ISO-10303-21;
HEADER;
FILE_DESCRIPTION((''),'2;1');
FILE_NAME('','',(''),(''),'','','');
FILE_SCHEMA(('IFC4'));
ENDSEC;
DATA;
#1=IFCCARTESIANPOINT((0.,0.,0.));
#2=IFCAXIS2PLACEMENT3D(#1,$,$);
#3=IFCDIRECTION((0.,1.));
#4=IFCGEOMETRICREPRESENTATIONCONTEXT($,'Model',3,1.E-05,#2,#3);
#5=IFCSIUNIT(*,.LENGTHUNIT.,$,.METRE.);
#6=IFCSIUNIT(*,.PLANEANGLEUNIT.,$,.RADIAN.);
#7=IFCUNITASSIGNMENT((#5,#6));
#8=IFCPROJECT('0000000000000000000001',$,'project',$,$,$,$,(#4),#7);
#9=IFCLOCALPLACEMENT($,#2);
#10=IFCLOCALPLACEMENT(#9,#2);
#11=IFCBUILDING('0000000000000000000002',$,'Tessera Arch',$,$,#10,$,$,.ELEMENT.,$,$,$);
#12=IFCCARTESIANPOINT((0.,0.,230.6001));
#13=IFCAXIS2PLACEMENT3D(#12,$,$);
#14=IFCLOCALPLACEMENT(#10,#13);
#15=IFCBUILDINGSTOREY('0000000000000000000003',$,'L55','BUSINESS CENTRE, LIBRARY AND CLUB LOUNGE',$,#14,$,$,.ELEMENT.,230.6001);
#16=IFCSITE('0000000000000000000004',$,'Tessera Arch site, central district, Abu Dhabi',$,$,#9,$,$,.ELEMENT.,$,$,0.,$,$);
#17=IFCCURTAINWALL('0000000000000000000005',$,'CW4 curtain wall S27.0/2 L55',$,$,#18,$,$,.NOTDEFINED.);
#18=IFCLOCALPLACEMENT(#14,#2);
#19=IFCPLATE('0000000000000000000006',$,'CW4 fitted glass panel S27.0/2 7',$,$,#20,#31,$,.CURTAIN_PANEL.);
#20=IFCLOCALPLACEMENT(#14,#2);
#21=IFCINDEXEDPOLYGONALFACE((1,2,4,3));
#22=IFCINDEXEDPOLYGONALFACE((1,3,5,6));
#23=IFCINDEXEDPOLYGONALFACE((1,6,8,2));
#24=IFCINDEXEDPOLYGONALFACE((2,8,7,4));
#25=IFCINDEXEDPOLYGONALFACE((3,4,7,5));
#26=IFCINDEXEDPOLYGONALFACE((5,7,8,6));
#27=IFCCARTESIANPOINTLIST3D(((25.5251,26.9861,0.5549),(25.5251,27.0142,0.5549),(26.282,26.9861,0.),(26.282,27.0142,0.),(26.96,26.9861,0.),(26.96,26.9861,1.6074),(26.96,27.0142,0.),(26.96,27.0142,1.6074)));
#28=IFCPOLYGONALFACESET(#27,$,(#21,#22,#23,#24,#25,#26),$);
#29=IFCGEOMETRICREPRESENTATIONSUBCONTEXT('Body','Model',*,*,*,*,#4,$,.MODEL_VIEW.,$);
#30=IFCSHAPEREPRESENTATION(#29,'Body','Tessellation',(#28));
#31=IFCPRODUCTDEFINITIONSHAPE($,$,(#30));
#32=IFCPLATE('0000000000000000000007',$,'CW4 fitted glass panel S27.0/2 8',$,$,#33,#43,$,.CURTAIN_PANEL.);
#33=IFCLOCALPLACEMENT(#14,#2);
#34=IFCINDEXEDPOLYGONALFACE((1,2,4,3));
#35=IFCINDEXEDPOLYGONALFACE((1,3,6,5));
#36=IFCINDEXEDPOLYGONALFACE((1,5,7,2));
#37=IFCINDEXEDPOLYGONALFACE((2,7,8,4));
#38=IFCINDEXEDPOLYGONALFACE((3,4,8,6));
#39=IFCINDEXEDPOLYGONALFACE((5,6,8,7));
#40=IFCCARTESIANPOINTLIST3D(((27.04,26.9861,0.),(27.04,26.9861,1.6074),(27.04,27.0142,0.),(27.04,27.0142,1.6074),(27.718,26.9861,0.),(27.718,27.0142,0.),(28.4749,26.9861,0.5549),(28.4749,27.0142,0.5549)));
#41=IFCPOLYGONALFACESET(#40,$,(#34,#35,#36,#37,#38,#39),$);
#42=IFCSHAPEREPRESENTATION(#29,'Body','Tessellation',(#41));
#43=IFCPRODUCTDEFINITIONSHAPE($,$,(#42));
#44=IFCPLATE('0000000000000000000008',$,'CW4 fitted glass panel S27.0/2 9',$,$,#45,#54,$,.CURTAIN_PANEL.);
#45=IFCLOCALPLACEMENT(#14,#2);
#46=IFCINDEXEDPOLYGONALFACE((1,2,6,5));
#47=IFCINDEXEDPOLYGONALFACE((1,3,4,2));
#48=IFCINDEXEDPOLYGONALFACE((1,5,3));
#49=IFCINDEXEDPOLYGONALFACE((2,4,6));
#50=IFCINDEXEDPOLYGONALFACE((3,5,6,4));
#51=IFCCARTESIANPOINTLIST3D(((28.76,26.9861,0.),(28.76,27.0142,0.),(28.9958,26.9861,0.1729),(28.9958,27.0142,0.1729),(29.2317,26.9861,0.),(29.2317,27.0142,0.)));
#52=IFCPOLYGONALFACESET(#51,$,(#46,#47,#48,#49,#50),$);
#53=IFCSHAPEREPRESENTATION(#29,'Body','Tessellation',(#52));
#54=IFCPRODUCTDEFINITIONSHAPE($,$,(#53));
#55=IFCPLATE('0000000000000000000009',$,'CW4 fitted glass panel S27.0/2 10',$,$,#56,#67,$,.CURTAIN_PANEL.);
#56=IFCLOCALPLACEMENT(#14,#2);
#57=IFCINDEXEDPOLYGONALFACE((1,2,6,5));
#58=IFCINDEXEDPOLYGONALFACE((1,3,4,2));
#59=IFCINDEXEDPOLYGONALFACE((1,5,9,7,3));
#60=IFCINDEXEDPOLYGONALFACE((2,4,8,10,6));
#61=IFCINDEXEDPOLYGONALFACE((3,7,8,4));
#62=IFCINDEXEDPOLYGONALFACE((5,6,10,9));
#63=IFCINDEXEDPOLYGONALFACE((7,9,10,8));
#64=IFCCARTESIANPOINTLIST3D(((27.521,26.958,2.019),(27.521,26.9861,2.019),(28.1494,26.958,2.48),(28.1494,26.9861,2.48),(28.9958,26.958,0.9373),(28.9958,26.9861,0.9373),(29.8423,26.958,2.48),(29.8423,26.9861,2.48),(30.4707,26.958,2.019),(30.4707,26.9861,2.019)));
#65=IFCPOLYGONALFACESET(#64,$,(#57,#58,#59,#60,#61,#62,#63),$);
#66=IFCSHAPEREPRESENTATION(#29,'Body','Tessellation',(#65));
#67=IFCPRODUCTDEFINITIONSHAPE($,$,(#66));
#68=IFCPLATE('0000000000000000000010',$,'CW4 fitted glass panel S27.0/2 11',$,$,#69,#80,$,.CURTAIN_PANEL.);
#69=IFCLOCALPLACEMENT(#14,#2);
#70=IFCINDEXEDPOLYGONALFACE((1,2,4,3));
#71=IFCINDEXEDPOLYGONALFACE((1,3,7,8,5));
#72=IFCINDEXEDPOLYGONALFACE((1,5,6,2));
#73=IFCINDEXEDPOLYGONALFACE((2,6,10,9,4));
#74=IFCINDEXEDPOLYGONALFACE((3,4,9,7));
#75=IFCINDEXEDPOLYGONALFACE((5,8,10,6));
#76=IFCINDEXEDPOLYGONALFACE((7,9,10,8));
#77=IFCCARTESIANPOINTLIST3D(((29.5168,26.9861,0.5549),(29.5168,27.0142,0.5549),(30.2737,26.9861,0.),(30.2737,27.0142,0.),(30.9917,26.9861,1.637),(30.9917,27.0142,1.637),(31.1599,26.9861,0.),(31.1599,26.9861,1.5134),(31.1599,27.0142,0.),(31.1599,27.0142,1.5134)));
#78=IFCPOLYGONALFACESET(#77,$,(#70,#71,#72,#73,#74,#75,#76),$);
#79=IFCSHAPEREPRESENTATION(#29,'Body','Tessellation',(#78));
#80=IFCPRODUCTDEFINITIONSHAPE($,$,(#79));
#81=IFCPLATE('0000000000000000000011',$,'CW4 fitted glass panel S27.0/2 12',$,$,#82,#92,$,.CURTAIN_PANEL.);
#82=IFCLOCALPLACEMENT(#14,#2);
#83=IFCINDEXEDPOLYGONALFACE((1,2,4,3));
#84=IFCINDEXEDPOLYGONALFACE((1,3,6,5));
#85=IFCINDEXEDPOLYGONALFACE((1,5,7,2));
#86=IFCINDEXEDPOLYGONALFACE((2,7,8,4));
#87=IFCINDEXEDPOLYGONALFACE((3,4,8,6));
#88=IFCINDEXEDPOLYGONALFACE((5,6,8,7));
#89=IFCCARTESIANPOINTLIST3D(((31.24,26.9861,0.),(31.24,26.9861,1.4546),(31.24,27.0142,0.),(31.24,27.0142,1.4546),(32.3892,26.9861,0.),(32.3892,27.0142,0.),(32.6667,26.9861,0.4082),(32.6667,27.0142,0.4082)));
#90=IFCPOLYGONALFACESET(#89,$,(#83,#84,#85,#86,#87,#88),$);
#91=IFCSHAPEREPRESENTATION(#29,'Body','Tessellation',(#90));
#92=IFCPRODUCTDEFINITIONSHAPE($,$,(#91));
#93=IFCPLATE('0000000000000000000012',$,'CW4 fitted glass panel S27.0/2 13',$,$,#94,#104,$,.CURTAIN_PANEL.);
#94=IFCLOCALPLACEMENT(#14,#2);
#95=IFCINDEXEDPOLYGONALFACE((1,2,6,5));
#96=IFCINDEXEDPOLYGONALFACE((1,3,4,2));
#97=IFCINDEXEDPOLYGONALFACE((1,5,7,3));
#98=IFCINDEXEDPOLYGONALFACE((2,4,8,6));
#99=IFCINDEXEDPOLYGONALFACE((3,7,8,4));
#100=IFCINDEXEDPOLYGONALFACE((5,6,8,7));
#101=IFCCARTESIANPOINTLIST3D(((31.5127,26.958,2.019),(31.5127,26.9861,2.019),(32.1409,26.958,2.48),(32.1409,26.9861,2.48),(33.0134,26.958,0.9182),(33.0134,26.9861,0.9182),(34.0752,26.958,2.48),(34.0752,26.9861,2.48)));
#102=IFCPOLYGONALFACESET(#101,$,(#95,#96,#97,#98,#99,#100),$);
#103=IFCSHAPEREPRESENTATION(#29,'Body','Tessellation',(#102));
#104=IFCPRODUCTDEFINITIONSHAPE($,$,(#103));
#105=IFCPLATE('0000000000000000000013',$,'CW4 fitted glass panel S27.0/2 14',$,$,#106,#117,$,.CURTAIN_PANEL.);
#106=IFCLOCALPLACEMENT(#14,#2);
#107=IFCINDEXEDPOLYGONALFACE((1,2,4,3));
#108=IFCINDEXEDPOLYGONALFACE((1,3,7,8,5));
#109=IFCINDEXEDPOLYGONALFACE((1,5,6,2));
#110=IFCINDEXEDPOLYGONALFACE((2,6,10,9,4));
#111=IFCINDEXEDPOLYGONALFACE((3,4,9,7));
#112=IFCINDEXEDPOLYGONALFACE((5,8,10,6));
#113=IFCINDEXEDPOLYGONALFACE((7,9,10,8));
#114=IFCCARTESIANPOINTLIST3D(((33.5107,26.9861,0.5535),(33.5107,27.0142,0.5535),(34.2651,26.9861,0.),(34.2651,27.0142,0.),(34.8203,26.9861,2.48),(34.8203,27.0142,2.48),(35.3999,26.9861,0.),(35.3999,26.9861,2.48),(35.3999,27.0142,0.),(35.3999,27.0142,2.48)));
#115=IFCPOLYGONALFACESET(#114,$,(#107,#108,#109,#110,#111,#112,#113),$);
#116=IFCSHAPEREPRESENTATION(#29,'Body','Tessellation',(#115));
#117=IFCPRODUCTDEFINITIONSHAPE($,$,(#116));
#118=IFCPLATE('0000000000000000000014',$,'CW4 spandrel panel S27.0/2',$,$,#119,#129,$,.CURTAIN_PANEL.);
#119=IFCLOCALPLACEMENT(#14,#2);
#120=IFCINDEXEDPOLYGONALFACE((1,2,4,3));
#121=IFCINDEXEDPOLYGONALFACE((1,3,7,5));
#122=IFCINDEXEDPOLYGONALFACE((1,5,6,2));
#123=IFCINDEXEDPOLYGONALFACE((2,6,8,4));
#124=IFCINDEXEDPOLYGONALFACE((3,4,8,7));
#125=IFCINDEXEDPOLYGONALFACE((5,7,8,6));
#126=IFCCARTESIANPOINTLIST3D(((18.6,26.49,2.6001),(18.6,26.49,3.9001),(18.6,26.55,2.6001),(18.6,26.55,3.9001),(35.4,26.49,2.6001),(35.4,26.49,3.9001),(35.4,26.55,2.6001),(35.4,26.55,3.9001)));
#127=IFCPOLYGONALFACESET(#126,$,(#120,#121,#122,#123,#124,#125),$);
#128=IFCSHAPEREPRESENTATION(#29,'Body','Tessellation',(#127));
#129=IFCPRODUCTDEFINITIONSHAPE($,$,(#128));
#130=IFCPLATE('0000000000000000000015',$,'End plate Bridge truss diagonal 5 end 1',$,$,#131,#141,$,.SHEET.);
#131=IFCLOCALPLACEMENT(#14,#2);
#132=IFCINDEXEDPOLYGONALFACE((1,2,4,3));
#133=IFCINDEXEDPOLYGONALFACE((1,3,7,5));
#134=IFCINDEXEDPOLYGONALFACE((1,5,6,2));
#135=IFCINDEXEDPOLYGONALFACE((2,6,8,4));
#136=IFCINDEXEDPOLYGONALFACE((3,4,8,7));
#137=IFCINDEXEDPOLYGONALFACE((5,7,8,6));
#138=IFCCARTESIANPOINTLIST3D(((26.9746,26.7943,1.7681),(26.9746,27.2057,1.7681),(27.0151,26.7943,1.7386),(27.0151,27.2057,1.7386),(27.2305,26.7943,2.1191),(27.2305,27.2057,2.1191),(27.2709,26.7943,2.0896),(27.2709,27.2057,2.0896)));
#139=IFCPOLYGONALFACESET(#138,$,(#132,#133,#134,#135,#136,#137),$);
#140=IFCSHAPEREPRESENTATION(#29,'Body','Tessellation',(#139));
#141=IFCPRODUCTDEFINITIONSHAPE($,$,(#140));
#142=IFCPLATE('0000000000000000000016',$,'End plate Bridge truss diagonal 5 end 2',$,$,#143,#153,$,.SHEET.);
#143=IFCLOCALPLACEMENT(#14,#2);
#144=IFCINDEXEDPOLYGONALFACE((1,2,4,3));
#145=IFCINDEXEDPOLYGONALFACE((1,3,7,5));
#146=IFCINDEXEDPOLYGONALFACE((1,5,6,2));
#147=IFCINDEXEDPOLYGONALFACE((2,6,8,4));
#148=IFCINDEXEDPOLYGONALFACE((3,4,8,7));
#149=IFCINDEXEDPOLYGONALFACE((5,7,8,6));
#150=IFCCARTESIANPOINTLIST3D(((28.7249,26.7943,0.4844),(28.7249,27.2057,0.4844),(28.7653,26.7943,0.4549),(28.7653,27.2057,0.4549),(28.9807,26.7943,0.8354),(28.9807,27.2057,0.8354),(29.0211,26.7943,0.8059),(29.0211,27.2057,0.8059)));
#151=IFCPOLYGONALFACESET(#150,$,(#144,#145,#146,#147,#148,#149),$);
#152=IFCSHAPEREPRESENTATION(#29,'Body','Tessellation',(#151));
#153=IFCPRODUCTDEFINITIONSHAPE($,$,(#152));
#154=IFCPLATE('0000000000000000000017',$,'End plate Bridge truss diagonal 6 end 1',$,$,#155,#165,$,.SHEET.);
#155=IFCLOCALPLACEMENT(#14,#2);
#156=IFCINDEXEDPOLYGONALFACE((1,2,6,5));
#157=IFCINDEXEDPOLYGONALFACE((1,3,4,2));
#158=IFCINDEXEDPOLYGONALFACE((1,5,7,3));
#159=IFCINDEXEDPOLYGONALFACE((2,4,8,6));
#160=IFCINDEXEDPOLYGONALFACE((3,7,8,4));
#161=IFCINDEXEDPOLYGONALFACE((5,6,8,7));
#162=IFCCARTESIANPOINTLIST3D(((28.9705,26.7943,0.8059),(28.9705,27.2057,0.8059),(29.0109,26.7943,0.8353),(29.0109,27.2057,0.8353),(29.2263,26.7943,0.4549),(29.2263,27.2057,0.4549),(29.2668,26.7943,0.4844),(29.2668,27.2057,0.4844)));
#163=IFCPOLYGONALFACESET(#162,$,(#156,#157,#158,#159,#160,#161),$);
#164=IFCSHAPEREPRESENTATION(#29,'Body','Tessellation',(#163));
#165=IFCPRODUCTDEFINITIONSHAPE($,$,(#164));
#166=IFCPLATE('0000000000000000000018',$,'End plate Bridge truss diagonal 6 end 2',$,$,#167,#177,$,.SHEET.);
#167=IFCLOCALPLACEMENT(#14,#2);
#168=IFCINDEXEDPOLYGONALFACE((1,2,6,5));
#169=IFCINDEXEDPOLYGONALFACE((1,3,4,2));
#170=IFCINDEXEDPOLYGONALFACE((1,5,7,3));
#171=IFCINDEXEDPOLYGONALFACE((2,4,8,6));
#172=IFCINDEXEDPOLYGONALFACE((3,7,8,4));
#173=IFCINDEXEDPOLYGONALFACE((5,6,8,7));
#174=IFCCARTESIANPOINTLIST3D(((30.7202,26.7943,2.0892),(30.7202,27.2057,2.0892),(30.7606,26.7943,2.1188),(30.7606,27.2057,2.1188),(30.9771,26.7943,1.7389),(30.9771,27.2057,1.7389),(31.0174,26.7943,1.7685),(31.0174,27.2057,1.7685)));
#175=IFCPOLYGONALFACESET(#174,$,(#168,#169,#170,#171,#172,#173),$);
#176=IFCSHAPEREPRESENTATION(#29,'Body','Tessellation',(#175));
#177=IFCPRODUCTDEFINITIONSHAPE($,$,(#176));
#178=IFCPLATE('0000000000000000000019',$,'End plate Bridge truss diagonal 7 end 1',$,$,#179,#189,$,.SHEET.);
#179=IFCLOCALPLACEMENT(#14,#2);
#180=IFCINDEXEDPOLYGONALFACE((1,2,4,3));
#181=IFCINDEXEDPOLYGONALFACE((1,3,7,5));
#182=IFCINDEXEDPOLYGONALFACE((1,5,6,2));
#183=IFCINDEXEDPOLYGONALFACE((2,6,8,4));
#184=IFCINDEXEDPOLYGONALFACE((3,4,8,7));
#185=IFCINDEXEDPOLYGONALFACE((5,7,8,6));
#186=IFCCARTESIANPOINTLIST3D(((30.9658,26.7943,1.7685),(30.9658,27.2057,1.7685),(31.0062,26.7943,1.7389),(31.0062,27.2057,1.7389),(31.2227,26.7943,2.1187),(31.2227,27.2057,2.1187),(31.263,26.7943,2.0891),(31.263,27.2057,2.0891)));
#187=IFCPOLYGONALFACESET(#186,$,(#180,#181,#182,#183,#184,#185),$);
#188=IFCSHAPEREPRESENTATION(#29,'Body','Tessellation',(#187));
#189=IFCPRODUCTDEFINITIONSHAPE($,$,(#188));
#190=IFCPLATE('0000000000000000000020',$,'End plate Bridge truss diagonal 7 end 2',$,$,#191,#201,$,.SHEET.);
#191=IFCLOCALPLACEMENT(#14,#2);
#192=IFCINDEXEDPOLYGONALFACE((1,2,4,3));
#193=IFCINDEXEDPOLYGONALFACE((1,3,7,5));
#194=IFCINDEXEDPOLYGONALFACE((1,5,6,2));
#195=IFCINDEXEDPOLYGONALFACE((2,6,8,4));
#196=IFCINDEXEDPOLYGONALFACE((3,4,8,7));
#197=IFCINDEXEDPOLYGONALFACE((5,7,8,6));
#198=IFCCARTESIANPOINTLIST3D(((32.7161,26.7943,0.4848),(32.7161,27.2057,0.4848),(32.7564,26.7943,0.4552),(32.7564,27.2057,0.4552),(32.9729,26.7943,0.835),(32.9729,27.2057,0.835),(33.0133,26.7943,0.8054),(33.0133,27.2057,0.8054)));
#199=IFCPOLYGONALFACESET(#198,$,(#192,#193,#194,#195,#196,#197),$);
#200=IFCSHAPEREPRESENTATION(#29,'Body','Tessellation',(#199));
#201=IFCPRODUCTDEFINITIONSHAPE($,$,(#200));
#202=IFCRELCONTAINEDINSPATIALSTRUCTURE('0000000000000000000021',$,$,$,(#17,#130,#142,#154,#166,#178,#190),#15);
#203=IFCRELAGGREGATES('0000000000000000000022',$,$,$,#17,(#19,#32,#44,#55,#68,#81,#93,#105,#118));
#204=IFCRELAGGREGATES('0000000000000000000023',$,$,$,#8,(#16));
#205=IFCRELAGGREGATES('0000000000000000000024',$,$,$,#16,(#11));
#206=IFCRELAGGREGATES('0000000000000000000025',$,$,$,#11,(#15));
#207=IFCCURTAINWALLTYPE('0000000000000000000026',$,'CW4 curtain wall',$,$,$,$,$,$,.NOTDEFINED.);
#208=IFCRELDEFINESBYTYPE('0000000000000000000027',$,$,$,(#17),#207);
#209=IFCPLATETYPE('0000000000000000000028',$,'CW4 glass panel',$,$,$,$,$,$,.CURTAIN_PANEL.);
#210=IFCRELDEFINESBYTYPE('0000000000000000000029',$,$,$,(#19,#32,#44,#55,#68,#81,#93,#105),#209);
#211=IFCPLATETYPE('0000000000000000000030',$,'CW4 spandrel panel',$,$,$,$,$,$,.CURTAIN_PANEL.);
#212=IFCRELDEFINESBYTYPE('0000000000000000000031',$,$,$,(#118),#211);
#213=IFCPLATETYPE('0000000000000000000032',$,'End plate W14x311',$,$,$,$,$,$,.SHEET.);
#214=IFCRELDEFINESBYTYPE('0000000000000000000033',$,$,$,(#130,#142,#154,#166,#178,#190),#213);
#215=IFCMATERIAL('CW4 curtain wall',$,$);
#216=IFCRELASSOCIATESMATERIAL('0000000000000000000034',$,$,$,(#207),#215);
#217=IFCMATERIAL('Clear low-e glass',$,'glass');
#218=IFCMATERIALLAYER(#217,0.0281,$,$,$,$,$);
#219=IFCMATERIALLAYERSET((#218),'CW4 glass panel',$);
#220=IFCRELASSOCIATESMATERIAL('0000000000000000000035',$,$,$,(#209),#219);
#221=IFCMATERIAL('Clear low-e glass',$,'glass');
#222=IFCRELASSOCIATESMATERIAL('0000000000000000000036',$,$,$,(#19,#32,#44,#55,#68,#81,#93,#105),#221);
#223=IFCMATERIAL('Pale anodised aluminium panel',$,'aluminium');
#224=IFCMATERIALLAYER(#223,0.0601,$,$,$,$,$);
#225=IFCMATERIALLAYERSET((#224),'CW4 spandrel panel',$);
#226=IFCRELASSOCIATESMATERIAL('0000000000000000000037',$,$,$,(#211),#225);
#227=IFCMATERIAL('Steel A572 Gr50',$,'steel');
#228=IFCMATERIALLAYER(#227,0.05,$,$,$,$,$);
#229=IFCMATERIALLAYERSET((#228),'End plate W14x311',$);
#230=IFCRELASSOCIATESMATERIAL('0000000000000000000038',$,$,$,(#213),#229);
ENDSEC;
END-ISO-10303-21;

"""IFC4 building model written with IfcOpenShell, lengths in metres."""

from ifc_helpers import new_model, si_unit, direction, frame, origin, origin_2d, place, context, subcontext, project, spatial, polyline, rectangle, outline, extrude, material, layer, layer_set, type_object, element, aggregate, save


model = new_model("IFC4")

# Units and contexts
model_context = context("Model", 3, precision=1e-05, world=origin(), true_north=direction((0.0, 1.0)))
body_context = subcontext(model_context, "Body", "Model", "MODEL_VIEW")
ifc_project = project(units=[si_unit("LENGTHUNIT", "METRE"), si_unit("PLANEANGLEUNIT", "RADIAN")], contexts=[model_context])

# Site, building, storey
site_placement = place(None, origin())
site = spatial("IfcSite", under=ifc_project, at=site_placement, Name="Tessera Arch site, central district, Abu Dhabi", CompositionType="ELEMENT", RefElevation=0.0)
building_placement = place(site_placement, origin())
building = spatial("IfcBuilding", under=site, at=building_placement, Name="Tessera Arch", CompositionType="ELEMENT")
storey_placement = place(building_placement, frame((0.0, 0.0, 230.6001)))
storey = spatial("IfcBuildingStorey", under=building, at=storey_placement, Name="L55", Description="BUSINESS CENTRE, LIBRARY AND CLUB LOUNGE", CompositionType="ELEMENT", Elevation=230.6001)

# Curtain wall
ifc_material_1 = material(Name="CW4 curtain wall")
curtain_wall_type = type_object("IfcCurtainWallType", Name="CW4 curtain wall", PredefinedType="NOTDEFINED", material=ifc_material_1)
curtain_wall_placement = place(storey_placement, origin())
curtain_wall = element("IfcCurtainWall", 1, at=curtain_wall_placement, inside=storey, type_object=curtain_wall_type, Name="CW4 curtain wall S27.0/2 L55", PredefinedType="NOTDEFINED")

# Plates
ifc_material_2 = material(Name="Clear low-e glass", Category="glass")
ifc_material_3 = material(Name="Clear low-e glass", Category="glass")
ifc_layer_1 = layer(ifc_material_3, 0.0281)
ifc_layer_set_1 = layer_set([ifc_layer_1], Name="CW4 glass panel")
plate_type_1 = type_object("IfcPlateType", Name="CW4 glass panel", PredefinedType="CURTAIN_PANEL", material=ifc_layer_set_1)
plate_1_placement = place(storey_placement, frame((26.96, 26.9861, 0.0), z_axis=(0.0, -1.0, 0.0), x_axis=(0.0, 0.0, 1.0)))
plate_1 = element("IfcPlate", 2, at=plate_1_placement, type_object=plate_type_1, material=ifc_material_2, Name="CW4 fitted glass panel S27.0/2 7", PredefinedType="CURTAIN_PANEL", context=body_context, shape_type="SweptSolid", body=[
    extrude(outline(polyline([(0.0, 0.0), (1.6074, 0.0), (0.5549, 1.4348), (0.0, 0.678), (0.0, 0.0)])), origin(), (0.0, 0.0, -1.0), 0.0281),
])
plate_2_placement = place(storey_placement, frame((27.04, 26.9861, 0.0), z_axis=(0.0, -1.0, 0.0), x_axis=(1.0, 0.0, 0.0)))
plate_2 = element("IfcPlate", 3, at=plate_2_placement, type_object=plate_type_1, material=ifc_material_2, Name="CW4 fitted glass panel S27.0/2 8", PredefinedType="CURTAIN_PANEL", context=body_context, shape_type="SweptSolid", body=[
    extrude(outline(polyline([(0.0, 0.0), (0.678, 0.0), (1.4348, 0.5549), (0.0, 1.6074), (0.0, 0.0)])), origin(), (0.0, 0.0, -1.0), 0.0281),
])
plate_3_placement = place(storey_placement, frame((28.76, 26.9861, 0.0), z_axis=(0.0, -1.0, 0.0), x_axis=(1.0, 0.0, 0.0)))
plate_3 = element("IfcPlate", 4, at=plate_3_placement, type_object=plate_type_1, material=ifc_material_2, Name="CW4 fitted glass panel S27.0/2 9", PredefinedType="CURTAIN_PANEL", context=body_context, shape_type="SweptSolid", body=[
    extrude(outline(polyline([(0.0, 0.0), (0.4717, 0.0), (0.2358, 0.1729), (0.0, 0.0)])), origin(), (0.0, 0.0, -1.0), 0.0281),
])
plate_4_placement = place(storey_placement, frame((29.8423, 26.958, 2.48), z_axis=(0.0, -1.0, 0.0), x_axis=(-1.0, 0.0, 0.0)))
plate_4 = element("IfcPlate", 5, at=plate_4_placement, type_object=plate_type_1, material=ifc_material_2, Name="CW4 fitted glass panel S27.0/2 10", PredefinedType="CURTAIN_PANEL", context=body_context, shape_type="SweptSolid", body=[
    extrude(outline(polyline([(0.0, 0.0), (1.6929, 0.0), (2.3213, 0.4609), (0.8464, 1.5427), (-0.6284, 0.4609), (0.0, 0.0)])), origin(), (0.0, 0.0, -1.0), 0.0281),
])
plate_5_placement = place(storey_placement, frame((31.1599, 26.9861, 0.0), z_axis=(0.0, -1.0, 0.0), x_axis=(0.0, 0.0, 1.0)))
plate_5 = element("IfcPlate", 6, at=plate_5_placement, type_object=plate_type_1, material=ifc_material_2, Name="CW4 fitted glass panel S27.0/2 11", PredefinedType="CURTAIN_PANEL", context=body_context, shape_type="SweptSolid", body=[
    extrude(outline(polyline([(0.0, 0.0), (1.5134, 0.0), (1.637, 0.1682), (0.5549, 1.6431), (0.0, 0.8862), (0.0, 0.0)])), origin(), (0.0, 0.0, -1.0), 0.0281),
])
plate_6_placement = place(storey_placement, frame((31.24, 26.9861, 0.0), z_axis=(0.0, -1.0, 0.0), x_axis=(1.0, 0.0, 0.0)))
plate_6 = element("IfcPlate", 7, at=plate_6_placement, type_object=plate_type_1, material=ifc_material_2, Name="CW4 fitted glass panel S27.0/2 12", PredefinedType="CURTAIN_PANEL", context=body_context, shape_type="SweptSolid", body=[
    extrude(outline(polyline([(0.0, 0.0), (1.1492, 0.0), (1.4268, 0.4082), (0.0, 1.4546), (0.0, 0.0)])), origin(), (0.0, 0.0, -1.0), 0.0281),
])
plate_7_placement = place(storey_placement, frame((34.0752, 26.958, 2.48), z_axis=(0.0, -1.0, 0.0), x_axis=(-1.0, 0.0, 0.0)))
plate_7 = element("IfcPlate", 8, at=plate_7_placement, type_object=plate_type_1, material=ifc_material_2, Name="CW4 fitted glass panel S27.0/2 13", PredefinedType="CURTAIN_PANEL", context=body_context, shape_type="SweptSolid", body=[
    extrude(outline(polyline([(0.0, 0.0), (1.9343, 0.0), (2.5625, 0.4609), (1.0618, 1.5618), (0.0, 0.0)])), origin(), (0.0, 0.0, -1.0), 0.0281),
])
plate_8_placement = place(storey_placement, frame((35.3999, 26.9861, 2.48), z_axis=(0.0, -1.0, 0.0), x_axis=(-1.0, 0.0, 0.0)))
plate_8 = element("IfcPlate", 9, at=plate_8_placement, type_object=plate_type_1, material=ifc_material_2, Name="CW4 fitted glass panel S27.0/2 14", PredefinedType="CURTAIN_PANEL", context=body_context, shape_type="SweptSolid", body=[
    extrude(outline(polyline([(0.0, 0.0), (0.5796, 0.0), (1.8892, 1.9265), (1.1348, 2.48), (0.0, 2.48), (0.0, 0.0)])), origin(), (0.0, 0.0, -1.0), 0.0281),
])
ifc_material_4 = material(Name="Pale anodised aluminium panel", Category="aluminium")
ifc_layer_2 = layer(ifc_material_4, 0.0601)
ifc_layer_set_2 = layer_set([ifc_layer_2], Name="CW4 spandrel panel")
plate_type_2 = type_object("IfcPlateType", Name="CW4 spandrel panel", PredefinedType="CURTAIN_PANEL", material=ifc_layer_set_2)
plate_9_placement = place(storey_placement, frame((27.0, 26.52, 2.6001), z_axis=(0.0, 0.0, 1.0), x_axis=(1.0, 0.0, 0.0)))
plate_9 = element("IfcPlate", 10, at=plate_9_placement, type_object=plate_type_2, Name="CW4 spandrel panel S27.0/2", PredefinedType="CURTAIN_PANEL", context=body_context, shape_type="SweptSolid", body=[
    extrude(rectangle(XDim=16.8, YDim=0.0601, at=origin_2d()), origin(), (0.0, 0.0, 1.0), 1.3),
])
aggregate(curtain_wall, [plate_1, plate_2, plate_3, plate_4, plate_5, plate_6, plate_7, plate_8, plate_9])

# Plates
ifc_material_5 = material(Name="Steel A572 Gr50", Category="steel")
ifc_layer_3 = layer(ifc_material_5, 0.05)
ifc_layer_set_3 = layer_set([ifc_layer_3], Name="End plate W14x311")
plate_type_3 = type_object("IfcPlateType", Name="End plate W14x311", PredefinedType="SHEET", material=ifc_layer_set_3)
for number, where, z_axis, x_axis, name in (
    (11, (27.1025, 27.0, 1.9436), (0.808104, 0.0, -0.58904), (0.0, 1.0, 0.0), "End plate Bridge truss diagonal 5 end 1"),
    (12, (28.8528, 27.0, 0.6599), (0.808104, 0.0, -0.58904), (0.0, 1.0, 0.0), "End plate Bridge truss diagonal 5 end 2"),
    (13, (29.0984, 27.0, 0.6304), (0.808104, 0.0, 0.58904), (0.0, 1.0, 0.0), "End plate Bridge truss diagonal 6 end 1"),
    (14, (30.8486, 27.0, 1.9141), (0.806405, 0.0, 0.591364), (0.0, 1.0, 0.0), "End plate Bridge truss diagonal 6 end 2"),
    (15, (31.0942, 27.0, 1.9436), (0.806405, 0.0, -0.591364), (0.0, 1.0, 0.0), "End plate Bridge truss diagonal 7 end 1"),
    (16, (32.8445, 27.0, 0.6599), (0.806405, 0.0, -0.591364), (0.0, 1.0, 0.0), "End plate Bridge truss diagonal 7 end 2"),
):
    element("IfcPlate", number, at=place(storey_placement, frame(where, z_axis=z_axis, x_axis=x_axis)), inside=storey, type_object=plate_type_3, Name=name, PredefinedType="SHEET", context=body_context, shape_type="SweptSolid", body=[
        extrude(rectangle(XDim=0.4114, YDim=0.4343, at=origin_2d()), origin(), (0.0, 0.0, 1.0), 0.05),
    ])

save(model, "model.ifc")
